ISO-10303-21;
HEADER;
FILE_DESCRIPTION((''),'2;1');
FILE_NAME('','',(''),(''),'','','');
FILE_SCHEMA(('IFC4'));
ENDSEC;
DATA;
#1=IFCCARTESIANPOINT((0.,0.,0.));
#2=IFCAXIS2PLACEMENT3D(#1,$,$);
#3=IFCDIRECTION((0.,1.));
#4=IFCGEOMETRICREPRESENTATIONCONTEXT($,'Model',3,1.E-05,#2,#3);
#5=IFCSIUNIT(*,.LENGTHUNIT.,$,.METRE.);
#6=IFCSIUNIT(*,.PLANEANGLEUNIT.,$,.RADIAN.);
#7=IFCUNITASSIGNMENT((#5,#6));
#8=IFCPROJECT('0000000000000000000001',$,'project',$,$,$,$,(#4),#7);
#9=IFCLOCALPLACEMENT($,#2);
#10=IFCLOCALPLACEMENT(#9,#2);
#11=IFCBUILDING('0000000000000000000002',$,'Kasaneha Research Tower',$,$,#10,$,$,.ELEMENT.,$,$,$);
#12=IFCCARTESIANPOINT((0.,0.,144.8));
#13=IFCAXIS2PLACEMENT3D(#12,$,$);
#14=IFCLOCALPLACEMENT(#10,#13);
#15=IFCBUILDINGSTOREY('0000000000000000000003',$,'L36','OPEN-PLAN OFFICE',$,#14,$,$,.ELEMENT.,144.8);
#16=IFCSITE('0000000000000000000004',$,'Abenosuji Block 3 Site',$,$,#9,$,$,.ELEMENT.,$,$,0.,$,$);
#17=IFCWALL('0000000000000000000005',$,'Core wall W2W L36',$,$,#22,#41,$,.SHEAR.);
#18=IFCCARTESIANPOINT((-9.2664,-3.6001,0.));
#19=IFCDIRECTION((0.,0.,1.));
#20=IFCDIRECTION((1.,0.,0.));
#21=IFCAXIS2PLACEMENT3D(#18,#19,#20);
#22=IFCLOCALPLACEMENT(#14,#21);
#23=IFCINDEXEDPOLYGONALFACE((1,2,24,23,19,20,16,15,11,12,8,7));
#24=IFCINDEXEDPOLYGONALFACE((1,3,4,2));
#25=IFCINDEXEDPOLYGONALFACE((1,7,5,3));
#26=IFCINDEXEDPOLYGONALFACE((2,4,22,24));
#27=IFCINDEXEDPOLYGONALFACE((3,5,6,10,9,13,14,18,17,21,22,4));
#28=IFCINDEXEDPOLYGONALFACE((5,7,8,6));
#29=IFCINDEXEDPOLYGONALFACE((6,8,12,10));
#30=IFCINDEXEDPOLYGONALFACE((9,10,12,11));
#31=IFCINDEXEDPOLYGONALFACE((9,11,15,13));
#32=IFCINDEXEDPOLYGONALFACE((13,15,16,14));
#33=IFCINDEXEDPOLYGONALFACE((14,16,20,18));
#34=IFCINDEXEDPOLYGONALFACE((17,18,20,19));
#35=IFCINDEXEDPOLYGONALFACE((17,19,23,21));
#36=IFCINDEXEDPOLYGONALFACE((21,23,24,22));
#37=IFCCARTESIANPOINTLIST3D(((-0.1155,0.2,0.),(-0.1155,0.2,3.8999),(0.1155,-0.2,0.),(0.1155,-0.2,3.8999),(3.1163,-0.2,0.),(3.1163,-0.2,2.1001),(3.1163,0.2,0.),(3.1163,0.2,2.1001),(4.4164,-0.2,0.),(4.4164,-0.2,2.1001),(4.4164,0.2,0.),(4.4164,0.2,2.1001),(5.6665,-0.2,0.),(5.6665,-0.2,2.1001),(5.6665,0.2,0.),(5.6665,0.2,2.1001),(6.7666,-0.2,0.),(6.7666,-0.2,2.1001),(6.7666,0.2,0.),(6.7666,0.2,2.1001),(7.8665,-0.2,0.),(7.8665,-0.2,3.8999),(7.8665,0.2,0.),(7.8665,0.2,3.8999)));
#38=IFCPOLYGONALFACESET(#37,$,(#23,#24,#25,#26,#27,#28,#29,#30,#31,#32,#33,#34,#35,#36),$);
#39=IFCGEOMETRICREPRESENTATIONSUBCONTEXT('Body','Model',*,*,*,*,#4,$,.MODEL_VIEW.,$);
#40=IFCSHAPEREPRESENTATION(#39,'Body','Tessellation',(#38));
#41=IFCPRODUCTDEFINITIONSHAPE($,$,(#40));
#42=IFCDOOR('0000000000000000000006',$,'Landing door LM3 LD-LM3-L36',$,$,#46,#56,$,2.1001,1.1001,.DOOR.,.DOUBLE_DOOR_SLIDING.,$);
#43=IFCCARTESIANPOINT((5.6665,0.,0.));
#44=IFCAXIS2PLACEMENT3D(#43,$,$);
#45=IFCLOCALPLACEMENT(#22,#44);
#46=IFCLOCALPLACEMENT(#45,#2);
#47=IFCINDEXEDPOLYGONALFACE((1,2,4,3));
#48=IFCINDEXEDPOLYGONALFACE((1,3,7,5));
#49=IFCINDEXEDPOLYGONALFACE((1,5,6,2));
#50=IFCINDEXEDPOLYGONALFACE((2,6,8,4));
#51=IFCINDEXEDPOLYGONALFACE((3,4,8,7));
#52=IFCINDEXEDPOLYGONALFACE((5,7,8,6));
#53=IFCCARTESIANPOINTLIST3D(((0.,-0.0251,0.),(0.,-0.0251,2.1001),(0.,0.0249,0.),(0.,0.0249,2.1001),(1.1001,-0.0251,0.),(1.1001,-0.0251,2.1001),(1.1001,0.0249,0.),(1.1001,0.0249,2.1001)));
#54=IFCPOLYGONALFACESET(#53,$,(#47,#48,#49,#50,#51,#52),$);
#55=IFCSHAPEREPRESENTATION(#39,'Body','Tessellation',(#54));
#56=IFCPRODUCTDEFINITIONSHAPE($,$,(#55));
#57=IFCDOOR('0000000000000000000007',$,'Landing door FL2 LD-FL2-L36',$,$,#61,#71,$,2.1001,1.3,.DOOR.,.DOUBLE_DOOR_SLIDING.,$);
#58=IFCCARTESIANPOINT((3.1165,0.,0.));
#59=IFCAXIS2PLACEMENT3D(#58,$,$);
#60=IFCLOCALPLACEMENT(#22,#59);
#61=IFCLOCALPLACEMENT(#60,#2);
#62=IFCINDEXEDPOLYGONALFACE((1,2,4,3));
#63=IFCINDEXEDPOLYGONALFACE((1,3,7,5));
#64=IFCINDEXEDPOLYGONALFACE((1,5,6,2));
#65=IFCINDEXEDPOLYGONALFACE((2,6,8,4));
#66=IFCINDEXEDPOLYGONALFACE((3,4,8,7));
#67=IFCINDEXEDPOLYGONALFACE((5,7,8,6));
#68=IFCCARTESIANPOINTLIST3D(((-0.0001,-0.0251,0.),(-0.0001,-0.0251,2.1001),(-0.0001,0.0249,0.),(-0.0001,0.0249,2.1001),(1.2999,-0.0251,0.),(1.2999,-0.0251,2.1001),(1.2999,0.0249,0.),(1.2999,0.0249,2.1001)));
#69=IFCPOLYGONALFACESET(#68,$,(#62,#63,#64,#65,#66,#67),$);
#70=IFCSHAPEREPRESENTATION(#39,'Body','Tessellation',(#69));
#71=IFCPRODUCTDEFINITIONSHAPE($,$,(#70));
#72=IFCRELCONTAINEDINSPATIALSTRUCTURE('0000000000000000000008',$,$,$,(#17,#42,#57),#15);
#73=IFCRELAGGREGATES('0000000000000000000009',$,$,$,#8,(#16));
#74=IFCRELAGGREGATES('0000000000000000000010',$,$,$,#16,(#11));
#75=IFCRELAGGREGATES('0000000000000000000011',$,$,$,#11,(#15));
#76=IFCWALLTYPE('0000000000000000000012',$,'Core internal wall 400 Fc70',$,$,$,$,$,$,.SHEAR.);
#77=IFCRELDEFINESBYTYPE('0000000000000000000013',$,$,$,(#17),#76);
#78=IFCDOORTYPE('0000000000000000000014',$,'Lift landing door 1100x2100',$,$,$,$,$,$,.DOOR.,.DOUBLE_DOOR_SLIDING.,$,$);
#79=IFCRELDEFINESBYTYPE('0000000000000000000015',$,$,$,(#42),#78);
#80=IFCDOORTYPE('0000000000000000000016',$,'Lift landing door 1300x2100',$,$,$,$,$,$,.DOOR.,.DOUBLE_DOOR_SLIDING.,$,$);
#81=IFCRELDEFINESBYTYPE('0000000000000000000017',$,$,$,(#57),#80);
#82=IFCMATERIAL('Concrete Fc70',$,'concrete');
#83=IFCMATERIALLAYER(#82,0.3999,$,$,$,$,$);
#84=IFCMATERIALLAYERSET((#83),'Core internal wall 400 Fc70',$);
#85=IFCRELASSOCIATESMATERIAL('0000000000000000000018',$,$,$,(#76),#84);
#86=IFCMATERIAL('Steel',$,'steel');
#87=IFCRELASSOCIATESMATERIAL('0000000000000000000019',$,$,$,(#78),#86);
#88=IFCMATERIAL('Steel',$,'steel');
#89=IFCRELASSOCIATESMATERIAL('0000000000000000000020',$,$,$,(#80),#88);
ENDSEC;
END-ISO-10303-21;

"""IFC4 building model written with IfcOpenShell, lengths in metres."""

from ifc_helpers import new_model, si_unit, direction, frame, frame_2d, origin, place, context, subcontext, project, spatial, polyline, rectangle, outline, extrude, material, layer, layer_set, type_object, element, fill, save


model = new_model("IFC4")

# Units and contexts
model_context = context("Model", 3, precision=1e-05, world=origin(), true_north=direction((0.0, 1.0)))
body_context = subcontext(model_context, "Body", "Model", "MODEL_VIEW")
ifc_project = project(units=[si_unit("LENGTHUNIT", "METRE"), si_unit("PLANEANGLEUNIT", "RADIAN")], contexts=[model_context])

# Site, building, storey
site_placement = place(None, origin())
site = spatial("IfcSite", under=ifc_project, at=site_placement, Name="Abenosuji Block 3 Site", CompositionType="ELEMENT", RefElevation=0.0)
building_placement = place(site_placement, origin())
building = spatial("IfcBuilding", under=site, at=building_placement, Name="Kasaneha Research Tower", CompositionType="ELEMENT")
storey_placement = place(building_placement, frame((0.0, 0.0, 144.8)))
storey = spatial("IfcBuildingStorey", under=building, at=storey_placement, Name="L36", Description="OPEN-PLAN OFFICE", CompositionType="ELEMENT", Elevation=144.8)

# Wall, openings, doors
ifc_material_1 = material(Name="Concrete Fc70", Category="concrete")
ifc_layer_1 = layer(ifc_material_1, 0.3999)
ifc_layer_set_1 = layer_set([ifc_layer_1], Name="Core internal wall 400 Fc70")
wall_type_1 = type_object("IfcWallType", Name="Core internal wall 400 Fc70", PredefinedType="SHEAR", material=ifc_layer_set_1)
wall_1_placement = place(storey_placement, frame((-9.2664, -3.6001, 0.0), z_axis=(0.0, 0.0, 1.0), x_axis=(1.0, 0.0, 0.0)))
wall_1 = element("IfcWall", 1, at=wall_1_placement, inside=storey, type_object=wall_type_1, Name="Core wall W2W L36", PredefinedType="SHEAR", context=body_context, shape_type="SweptSolid", body=[
    extrude(outline(polyline([(0.1155, -0.2), (3.1165, -0.2), (4.4165, -0.2), (5.6665, -0.2), (6.7666, -0.2), (7.8665, -0.2), (7.8665, 0.2), (6.7666, 0.2), (5.6665, 0.2), (4.4165, 0.2), (3.1165, 0.2), (-0.1155, 0.2), (0.1155, -0.2)])), origin(), (0.0, 0.0, 1.0), 3.8999),
])
opening_1_placement = place(wall_1_placement, frame((5.6665, 0.0, 0.0)))
opening_1 = element("IfcOpeningElement", 2, at=opening_1_placement, cuts=wall_1, PredefinedType="OPENING", context=body_context, shape_type="SweptSolid", body=[
    extrude(rectangle(XDim=1.1001, YDim=2.1001, at=frame_2d((0.55, 1.05))), frame((0.0, 0.21, 0.0), z_axis=(0.0, -1.0, 0.0), x_axis=(1.0, 0.0, 0.0)), (0.0, 0.0, 1.0), 0.4199),
])
opening_2_placement = place(wall_1_placement, frame((3.1165, 0.0, 0.0)))
opening_2 = element("IfcOpeningElement", 3, at=opening_2_placement, cuts=wall_1, PredefinedType="OPENING", context=body_context, shape_type="SweptSolid", body=[
    extrude(rectangle(XDim=1.3, YDim=2.1001, at=frame_2d((0.6499, 1.05))), frame((0.0, 0.21, 0.0), z_axis=(0.0, -1.0, 0.0), x_axis=(1.0, 0.0, 0.0)), (0.0, 0.0, 1.0), 0.4199),
])
ifc_material_2 = material(Name="Steel", Category="steel")
door_type_1 = type_object("IfcDoorType", Name="Lift landing door 1100x2100", OperationType="DOUBLE_DOOR_SLIDING", PredefinedType="DOOR", material=ifc_material_2)
door_1_placement = place(opening_1_placement, origin())
door_1 = element("IfcDoor", 4, at=door_1_placement, inside=storey, type_object=door_type_1, Name="Landing door LM3 LD-LM3-L36", OperationType="DOUBLE_DOOR_SLIDING", OverallHeight=2.1001, OverallWidth=1.1001, PredefinedType="DOOR", context=body_context, shape_type="SweptSolid", body=[
    extrude(rectangle(XDim=1.1001, YDim=2.1001, at=frame_2d((0.55, 1.05))), frame((0.0, 0.0249, 0.0), z_axis=(0.0, -1.0, 0.0), x_axis=(1.0, 0.0, 0.0)), (0.0, 0.0, 1.0), 0.05),
])
fill(opening_1, door_1)
ifc_material_3 = material(Name="Steel", Category="steel")
door_type_2 = type_object("IfcDoorType", Name="Lift landing door 1300x2100", OperationType="DOUBLE_DOOR_SLIDING", PredefinedType="DOOR", material=ifc_material_3)
door_2_placement = place(opening_2_placement, origin())
door_2 = element("IfcDoor", 5, at=door_2_placement, inside=storey, type_object=door_type_2, Name="Landing door FL2 LD-FL2-L36", OperationType="DOUBLE_DOOR_SLIDING", OverallHeight=2.1001, OverallWidth=1.3, PredefinedType="DOOR", context=body_context, shape_type="SweptSolid", body=[
    extrude(rectangle(XDim=1.3, YDim=2.1001, at=frame_2d((0.6499, 1.05))), frame((0.0, 0.0249, 0.0), z_axis=(0.0, -1.0, 0.0), x_axis=(1.0, 0.0, 0.0)), (0.0, 0.0, 1.0), 0.05),
])
fill(opening_2, door_2)

save(model, "model.ifc")
